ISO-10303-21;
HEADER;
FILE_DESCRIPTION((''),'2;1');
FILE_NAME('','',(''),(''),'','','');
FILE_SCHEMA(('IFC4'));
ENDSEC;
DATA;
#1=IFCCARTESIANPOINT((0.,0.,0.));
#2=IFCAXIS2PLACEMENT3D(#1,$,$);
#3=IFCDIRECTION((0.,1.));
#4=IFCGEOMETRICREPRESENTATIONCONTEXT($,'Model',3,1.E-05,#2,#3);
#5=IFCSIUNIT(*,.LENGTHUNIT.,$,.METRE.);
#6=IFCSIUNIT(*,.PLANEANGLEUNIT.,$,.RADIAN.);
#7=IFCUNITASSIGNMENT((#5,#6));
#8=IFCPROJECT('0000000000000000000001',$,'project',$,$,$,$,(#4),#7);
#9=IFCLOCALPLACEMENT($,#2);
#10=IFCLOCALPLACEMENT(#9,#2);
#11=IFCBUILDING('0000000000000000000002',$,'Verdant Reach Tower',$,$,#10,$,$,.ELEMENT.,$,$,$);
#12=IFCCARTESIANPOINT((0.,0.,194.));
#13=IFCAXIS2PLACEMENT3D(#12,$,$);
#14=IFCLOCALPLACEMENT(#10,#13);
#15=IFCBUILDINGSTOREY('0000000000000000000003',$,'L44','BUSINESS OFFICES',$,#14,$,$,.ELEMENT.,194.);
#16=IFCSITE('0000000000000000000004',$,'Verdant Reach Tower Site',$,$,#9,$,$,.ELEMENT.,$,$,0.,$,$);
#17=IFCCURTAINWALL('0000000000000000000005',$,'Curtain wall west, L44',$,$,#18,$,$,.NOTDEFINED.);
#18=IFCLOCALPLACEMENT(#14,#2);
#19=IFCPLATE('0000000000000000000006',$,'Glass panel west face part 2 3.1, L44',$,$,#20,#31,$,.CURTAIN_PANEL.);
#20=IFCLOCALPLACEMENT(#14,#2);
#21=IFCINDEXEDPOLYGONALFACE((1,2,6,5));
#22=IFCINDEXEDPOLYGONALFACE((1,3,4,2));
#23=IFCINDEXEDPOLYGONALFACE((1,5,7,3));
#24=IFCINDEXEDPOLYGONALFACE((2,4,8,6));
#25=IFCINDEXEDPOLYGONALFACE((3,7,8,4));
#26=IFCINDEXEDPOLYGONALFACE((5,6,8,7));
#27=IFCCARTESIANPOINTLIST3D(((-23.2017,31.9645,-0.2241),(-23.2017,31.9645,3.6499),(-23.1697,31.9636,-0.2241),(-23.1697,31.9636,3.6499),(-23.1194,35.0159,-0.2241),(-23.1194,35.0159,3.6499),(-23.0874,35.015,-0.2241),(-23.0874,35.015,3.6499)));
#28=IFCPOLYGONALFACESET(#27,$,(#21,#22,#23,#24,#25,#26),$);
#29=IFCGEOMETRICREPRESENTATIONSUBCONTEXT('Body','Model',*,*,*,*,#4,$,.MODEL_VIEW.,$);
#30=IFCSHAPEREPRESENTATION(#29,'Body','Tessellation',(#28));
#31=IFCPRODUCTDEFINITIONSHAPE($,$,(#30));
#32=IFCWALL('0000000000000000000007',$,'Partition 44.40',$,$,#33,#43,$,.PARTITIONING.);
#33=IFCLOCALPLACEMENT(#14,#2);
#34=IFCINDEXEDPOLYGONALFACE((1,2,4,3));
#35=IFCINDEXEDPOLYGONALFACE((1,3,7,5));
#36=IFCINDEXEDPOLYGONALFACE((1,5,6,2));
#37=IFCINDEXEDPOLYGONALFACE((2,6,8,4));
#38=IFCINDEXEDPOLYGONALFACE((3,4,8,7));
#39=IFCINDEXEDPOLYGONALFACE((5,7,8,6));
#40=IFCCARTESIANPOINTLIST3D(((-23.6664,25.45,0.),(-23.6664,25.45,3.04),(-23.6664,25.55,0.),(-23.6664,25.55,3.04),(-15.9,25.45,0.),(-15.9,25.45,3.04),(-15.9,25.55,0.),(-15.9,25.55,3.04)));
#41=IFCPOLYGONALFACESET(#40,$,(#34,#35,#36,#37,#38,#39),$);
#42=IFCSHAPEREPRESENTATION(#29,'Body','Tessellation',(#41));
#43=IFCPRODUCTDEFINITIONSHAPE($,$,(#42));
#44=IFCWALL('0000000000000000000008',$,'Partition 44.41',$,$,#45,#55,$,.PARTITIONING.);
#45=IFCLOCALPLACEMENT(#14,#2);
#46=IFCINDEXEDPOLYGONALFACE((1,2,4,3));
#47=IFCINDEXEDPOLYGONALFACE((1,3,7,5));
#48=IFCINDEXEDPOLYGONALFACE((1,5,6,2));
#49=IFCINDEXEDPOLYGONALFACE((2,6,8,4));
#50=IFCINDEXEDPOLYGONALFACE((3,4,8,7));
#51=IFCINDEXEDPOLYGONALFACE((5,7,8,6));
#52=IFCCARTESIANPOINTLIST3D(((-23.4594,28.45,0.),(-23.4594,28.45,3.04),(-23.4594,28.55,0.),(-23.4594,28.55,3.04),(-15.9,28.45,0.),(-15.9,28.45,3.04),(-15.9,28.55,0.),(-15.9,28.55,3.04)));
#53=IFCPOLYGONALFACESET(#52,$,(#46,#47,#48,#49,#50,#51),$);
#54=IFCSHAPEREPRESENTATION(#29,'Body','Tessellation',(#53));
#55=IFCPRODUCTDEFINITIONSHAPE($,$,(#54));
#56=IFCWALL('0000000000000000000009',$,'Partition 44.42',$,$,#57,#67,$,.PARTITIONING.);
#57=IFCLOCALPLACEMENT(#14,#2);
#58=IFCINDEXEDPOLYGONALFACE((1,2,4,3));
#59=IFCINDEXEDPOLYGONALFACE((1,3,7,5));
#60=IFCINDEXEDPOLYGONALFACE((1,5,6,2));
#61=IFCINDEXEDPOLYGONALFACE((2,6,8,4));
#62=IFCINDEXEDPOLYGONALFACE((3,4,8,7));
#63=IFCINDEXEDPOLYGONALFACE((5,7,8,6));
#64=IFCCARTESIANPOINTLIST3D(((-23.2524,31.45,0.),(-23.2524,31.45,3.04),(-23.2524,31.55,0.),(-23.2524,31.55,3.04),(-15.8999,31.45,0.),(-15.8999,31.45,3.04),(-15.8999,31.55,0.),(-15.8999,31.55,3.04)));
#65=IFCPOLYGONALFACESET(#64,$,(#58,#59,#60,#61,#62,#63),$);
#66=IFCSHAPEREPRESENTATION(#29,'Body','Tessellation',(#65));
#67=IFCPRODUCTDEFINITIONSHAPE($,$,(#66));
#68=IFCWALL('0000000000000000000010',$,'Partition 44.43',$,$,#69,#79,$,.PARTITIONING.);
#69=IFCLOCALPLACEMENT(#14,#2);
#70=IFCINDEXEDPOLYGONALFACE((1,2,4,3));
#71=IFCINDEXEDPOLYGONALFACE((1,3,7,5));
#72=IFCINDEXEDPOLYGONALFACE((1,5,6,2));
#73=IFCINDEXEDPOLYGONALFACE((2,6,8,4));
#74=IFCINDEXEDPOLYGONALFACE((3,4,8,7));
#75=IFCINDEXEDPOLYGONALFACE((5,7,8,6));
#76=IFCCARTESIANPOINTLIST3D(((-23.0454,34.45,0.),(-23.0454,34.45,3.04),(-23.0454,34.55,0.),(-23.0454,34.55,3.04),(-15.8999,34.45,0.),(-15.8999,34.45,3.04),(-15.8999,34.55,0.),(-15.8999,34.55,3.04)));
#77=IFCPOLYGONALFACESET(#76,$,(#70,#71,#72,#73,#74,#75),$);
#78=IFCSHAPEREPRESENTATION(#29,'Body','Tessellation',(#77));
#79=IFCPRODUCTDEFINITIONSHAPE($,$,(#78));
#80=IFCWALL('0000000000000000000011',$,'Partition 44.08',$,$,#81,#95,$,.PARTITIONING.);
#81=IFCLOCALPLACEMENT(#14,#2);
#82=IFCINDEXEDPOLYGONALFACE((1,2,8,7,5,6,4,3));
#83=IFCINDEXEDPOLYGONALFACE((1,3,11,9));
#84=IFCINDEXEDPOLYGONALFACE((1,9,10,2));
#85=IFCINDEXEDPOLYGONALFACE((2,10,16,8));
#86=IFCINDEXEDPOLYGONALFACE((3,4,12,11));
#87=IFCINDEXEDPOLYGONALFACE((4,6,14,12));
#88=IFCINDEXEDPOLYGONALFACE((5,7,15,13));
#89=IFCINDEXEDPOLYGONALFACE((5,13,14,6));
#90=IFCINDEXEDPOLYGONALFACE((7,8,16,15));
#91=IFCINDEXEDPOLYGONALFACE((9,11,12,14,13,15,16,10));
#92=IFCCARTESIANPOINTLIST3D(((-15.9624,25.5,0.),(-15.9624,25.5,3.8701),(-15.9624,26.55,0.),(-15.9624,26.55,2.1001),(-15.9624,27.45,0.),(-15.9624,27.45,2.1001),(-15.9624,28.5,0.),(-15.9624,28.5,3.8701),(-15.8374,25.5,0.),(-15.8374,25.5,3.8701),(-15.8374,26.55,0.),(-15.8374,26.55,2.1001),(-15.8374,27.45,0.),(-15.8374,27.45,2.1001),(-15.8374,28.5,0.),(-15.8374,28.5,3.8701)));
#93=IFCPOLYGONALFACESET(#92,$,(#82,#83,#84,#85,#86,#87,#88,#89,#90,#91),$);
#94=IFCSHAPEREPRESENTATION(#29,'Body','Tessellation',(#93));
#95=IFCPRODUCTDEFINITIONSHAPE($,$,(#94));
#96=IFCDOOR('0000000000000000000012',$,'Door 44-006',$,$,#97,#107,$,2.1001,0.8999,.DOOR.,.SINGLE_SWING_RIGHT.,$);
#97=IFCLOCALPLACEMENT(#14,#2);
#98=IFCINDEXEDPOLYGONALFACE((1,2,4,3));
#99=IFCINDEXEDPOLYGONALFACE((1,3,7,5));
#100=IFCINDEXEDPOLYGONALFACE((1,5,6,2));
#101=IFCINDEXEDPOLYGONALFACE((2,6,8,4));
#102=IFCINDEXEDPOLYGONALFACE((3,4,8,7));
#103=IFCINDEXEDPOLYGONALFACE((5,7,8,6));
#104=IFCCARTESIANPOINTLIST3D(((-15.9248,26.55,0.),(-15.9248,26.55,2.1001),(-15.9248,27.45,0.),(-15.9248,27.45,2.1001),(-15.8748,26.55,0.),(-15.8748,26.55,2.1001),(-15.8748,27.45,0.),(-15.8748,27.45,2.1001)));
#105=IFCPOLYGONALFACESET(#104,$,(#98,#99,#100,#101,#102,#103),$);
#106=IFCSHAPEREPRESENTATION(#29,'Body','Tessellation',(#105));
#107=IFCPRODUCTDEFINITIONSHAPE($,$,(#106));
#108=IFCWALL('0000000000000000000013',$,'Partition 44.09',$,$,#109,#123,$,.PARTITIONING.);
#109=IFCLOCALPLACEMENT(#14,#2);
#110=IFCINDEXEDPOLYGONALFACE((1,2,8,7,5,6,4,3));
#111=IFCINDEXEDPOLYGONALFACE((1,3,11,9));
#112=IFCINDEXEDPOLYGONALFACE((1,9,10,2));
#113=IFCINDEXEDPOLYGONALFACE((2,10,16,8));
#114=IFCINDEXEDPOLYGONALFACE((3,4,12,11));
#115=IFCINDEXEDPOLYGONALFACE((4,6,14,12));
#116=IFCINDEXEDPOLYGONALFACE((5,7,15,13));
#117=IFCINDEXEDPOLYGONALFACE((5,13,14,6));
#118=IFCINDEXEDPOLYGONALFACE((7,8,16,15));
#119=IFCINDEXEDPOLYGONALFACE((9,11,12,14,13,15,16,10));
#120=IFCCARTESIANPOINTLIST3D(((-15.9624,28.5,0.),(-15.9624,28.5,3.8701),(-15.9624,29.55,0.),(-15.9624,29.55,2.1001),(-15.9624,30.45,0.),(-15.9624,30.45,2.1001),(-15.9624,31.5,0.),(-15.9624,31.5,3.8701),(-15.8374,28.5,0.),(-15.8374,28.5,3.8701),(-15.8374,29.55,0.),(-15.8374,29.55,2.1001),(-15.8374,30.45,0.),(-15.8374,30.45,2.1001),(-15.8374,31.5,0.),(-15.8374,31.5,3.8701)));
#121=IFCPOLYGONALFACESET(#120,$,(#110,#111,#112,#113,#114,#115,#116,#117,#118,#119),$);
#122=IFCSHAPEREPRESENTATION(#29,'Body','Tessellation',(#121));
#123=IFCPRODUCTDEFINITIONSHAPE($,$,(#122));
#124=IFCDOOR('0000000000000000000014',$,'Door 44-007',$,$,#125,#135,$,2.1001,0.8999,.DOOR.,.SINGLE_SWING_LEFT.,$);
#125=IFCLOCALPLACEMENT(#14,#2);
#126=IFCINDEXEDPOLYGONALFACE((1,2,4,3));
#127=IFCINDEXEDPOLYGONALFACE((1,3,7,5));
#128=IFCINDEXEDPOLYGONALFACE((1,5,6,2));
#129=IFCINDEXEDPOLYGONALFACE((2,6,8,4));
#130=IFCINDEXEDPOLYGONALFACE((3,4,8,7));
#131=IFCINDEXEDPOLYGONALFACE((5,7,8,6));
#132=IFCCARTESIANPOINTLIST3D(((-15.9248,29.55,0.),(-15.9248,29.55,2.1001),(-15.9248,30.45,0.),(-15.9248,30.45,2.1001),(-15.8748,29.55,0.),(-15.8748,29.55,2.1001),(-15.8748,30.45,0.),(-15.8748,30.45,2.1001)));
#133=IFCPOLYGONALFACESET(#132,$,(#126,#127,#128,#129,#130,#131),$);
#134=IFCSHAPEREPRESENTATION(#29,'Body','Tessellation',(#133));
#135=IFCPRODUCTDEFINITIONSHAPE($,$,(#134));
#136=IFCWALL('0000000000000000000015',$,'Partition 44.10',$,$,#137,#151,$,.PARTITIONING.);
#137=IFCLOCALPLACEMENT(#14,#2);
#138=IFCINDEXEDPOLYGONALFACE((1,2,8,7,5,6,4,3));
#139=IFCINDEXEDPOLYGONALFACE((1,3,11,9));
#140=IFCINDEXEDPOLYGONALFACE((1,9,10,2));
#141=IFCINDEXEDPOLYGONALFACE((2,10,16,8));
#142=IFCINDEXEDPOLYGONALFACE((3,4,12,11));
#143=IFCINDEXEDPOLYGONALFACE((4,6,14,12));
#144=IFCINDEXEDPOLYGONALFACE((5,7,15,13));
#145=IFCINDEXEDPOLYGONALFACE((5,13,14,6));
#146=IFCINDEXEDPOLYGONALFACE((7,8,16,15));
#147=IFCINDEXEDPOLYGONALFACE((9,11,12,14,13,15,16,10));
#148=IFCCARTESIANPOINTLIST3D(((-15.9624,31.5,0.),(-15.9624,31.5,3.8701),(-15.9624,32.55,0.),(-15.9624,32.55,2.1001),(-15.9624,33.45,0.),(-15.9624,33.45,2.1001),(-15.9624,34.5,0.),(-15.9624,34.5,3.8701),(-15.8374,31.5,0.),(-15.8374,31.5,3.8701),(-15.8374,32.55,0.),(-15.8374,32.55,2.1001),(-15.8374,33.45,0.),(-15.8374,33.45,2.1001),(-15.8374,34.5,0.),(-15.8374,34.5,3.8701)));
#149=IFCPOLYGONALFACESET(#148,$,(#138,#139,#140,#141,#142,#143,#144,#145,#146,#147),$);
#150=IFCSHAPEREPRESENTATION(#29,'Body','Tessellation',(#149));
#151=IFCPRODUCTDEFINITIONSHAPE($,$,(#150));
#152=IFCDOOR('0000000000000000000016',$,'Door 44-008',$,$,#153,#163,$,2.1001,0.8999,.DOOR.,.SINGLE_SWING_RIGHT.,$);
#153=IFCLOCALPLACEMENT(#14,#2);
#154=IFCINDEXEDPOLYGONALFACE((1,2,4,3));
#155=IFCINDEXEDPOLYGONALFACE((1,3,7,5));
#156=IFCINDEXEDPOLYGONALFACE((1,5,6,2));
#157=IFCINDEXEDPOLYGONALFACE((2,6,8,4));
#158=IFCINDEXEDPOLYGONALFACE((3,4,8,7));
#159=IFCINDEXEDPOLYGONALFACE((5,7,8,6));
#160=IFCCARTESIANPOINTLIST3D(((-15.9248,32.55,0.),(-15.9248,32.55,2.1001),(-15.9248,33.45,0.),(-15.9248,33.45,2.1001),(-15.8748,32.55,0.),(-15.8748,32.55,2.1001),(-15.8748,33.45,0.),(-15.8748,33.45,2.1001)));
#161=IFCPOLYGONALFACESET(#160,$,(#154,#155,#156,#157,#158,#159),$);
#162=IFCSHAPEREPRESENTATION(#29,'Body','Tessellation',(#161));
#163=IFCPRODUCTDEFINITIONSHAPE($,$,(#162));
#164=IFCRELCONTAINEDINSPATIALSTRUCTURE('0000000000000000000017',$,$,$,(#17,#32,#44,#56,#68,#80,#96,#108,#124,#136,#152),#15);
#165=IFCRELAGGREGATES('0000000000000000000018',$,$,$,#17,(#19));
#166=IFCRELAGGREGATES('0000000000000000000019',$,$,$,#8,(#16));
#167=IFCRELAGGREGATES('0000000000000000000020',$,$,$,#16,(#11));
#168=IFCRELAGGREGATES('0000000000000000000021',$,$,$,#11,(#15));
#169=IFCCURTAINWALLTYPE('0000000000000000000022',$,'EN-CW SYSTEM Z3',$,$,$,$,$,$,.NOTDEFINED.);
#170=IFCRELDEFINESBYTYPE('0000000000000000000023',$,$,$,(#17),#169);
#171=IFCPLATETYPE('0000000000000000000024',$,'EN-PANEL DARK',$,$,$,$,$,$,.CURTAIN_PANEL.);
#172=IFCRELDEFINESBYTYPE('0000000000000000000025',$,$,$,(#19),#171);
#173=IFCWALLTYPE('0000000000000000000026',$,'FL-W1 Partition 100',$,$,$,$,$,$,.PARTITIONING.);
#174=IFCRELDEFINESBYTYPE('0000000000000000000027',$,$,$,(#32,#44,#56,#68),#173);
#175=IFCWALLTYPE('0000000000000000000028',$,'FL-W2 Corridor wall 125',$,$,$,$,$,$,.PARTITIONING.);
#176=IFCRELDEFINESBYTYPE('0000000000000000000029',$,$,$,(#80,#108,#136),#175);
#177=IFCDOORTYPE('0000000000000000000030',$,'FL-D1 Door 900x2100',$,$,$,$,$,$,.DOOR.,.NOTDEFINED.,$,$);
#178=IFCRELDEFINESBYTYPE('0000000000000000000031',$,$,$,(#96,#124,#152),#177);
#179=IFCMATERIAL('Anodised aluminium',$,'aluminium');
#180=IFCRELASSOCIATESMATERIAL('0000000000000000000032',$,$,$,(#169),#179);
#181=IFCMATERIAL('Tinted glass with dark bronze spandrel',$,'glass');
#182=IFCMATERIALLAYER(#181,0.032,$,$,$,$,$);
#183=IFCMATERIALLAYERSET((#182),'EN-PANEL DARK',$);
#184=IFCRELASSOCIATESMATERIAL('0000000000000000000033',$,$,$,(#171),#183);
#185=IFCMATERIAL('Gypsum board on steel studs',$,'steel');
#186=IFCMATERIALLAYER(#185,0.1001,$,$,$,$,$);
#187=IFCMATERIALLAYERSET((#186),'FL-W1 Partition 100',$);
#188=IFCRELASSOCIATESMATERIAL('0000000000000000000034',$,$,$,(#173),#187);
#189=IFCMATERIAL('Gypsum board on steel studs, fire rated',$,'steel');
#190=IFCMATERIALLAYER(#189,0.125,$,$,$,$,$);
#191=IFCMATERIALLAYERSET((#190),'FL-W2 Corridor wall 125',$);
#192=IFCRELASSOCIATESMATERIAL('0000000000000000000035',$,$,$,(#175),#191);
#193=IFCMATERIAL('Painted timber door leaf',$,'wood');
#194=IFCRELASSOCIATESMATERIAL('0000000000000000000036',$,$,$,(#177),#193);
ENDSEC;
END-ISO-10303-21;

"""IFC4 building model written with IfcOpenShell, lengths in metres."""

from ifc_helpers import new_model, si_unit, direction, frame, frame_2d, origin, origin_2d, place, context, subcontext, project, spatial, rectangle, extrude, material, layer, layer_set, type_object, element, fill, aggregate, save


model = new_model("IFC4")

# Units and contexts
model_context = context("Model", 3, precision=1e-05, world=origin(), true_north=direction((0.0, 1.0)))
body_context = subcontext(model_context, "Body", "Model", "MODEL_VIEW")
ifc_project = project(units=[si_unit("LENGTHUNIT", "METRE"), si_unit("PLANEANGLEUNIT", "RADIAN")], contexts=[model_context])

# Site, building, storey
site_placement = place(None, origin())
site = spatial("IfcSite", under=ifc_project, at=site_placement, Name="Verdant Reach Tower Site", CompositionType="ELEMENT", RefElevation=0.0)
building_placement = place(site_placement, origin())
building = spatial("IfcBuilding", under=site, at=building_placement, Name="Verdant Reach Tower", CompositionType="ELEMENT")
storey_placement = place(building_placement, frame((0.0, 0.0, 194.0)))
storey = spatial("IfcBuildingStorey", under=building, at=storey_placement, Name="L44", Description="BUSINESS OFFICES", CompositionType="ELEMENT", Elevation=194.0)

# Curtain wall
ifc_material_1 = material(Name="Anodised aluminium", Category="aluminium")
curtain_wall_type = type_object("IfcCurtainWallType", Name="EN-CW SYSTEM Z3", PredefinedType="NOTDEFINED", material=ifc_material_1)
curtain_wall_placement = place(storey_placement, origin())
curtain_wall = element("IfcCurtainWall", 1, at=curtain_wall_placement, inside=storey, type_object=curtain_wall_type, Name="Curtain wall west, L44", PredefinedType="NOTDEFINED")

# Plate
ifc_material_2 = material(Name="Tinted glass with dark bronze spandrel", Category="glass")
ifc_layer_1 = layer(ifc_material_2, 0.032)
ifc_layer_set_1 = layer_set([ifc_layer_1], Name="EN-PANEL DARK")
plate_type_1 = type_object("IfcPlateType", Name="EN-PANEL DARK", PredefinedType="CURTAIN_PANEL", material=ifc_layer_set_1)
plate_1_placement = place(storey_placement, frame((-23.1445, 33.4897, -0.2241), z_axis=(0.0, 0.0, 1.0), x_axis=(-0.026965, -0.999636, 0.0)))
plate_1 = element("IfcPlate", 2, at=plate_1_placement, type_object=plate_type_1, Name="Glass panel west face part 2 3.1, L44", PredefinedType="CURTAIN_PANEL", context=body_context, shape_type="SweptSolid", body=[
    extrude(rectangle(XDim=3.0525, YDim=0.032, at=origin_2d()), origin(), (0.0, 0.0, 1.0), 3.874),
])
aggregate(curtain_wall, [plate_1])

# Walls
ifc_material_3 = material(Name="Gypsum board on steel studs", Category="steel")
ifc_layer_2 = layer(ifc_material_3, 0.1001)
ifc_layer_set_2 = layer_set([ifc_layer_2], Name="FL-W1 Partition 100")
wall_type_1 = type_object("IfcWallType", Name="FL-W1 Partition 100", PredefinedType="PARTITIONING", material=ifc_layer_set_2)
wall_1_placement = place(storey_placement, frame((-15.8999, 25.5, 0.0), z_axis=(0.0, 0.0, 1.0), x_axis=(-1.0, 0.0, 0.0)))
element("IfcWall", 3, at=wall_1_placement, inside=storey, type_object=wall_type_1, Name="Partition 44.40", PredefinedType="PARTITIONING", context=body_context, shape_type="SweptSolid", body=[
    extrude(rectangle(XDim=7.7664, YDim=0.1001, at=frame_2d((3.8833, 0.0))), origin(), (0.0, 0.0, 1.0), 3.04),
])
wall_2_placement = place(storey_placement, frame((-15.8999, 28.5, 0.0), z_axis=(0.0, 0.0, 1.0), x_axis=(-1.0, 0.0, 0.0)))
element("IfcWall", 4, at=wall_2_placement, inside=storey, type_object=wall_type_1, Name="Partition 44.41", PredefinedType="PARTITIONING", context=body_context, shape_type="SweptSolid", body=[
    extrude(rectangle(XDim=7.5593, YDim=0.1001, at=frame_2d((3.7798, 0.0))), origin(), (0.0, 0.0, 1.0), 3.04),
])
wall_3_placement = place(storey_placement, frame((-15.8999, 31.5, 0.0), z_axis=(0.0, 0.0, 1.0), x_axis=(-1.0, 0.0, 0.0)))
element("IfcWall", 5, at=wall_3_placement, inside=storey, type_object=wall_type_1, Name="Partition 44.42", PredefinedType="PARTITIONING", context=body_context, shape_type="SweptSolid", body=[
    extrude(rectangle(XDim=7.3525, YDim=0.1001, at=frame_2d((3.6763, 0.0))), origin(), (0.0, 0.0, 1.0), 3.04),
])
wall_4_placement = place(storey_placement, frame((-15.8999, 34.5, 0.0), z_axis=(0.0, 0.0, 1.0), x_axis=(-1.0, 0.0, 0.0)))
element("IfcWall", 6, at=wall_4_placement, inside=storey, type_object=wall_type_1, Name="Partition 44.43", PredefinedType="PARTITIONING", context=body_context, shape_type="SweptSolid", body=[
    extrude(rectangle(XDim=7.1455, YDim=0.1001, at=frame_2d((3.5728, 0.0))), origin(), (0.0, 0.0, 1.0), 3.04),
])

# Walls, openings, doors
ifc_material_4 = material(Name="Gypsum board on steel studs, fire rated", Category="steel")
ifc_layer_3 = layer(ifc_material_4, 0.125)
ifc_layer_set_3 = layer_set([ifc_layer_3], Name="FL-W2 Corridor wall 125")
wall_type_2 = type_object("IfcWallType", Name="FL-W2 Corridor wall 125", PredefinedType="PARTITIONING", material=ifc_layer_set_3)
wall_5_placement = place(storey_placement, frame((-15.8999, 25.5, 0.0), z_axis=(0.0, 0.0, 1.0), x_axis=(0.0, 1.0, 0.0)))
wall_5 = element("IfcWall", 7, at=wall_5_placement, inside=storey, type_object=wall_type_2, Name="Partition 44.08", PredefinedType="PARTITIONING", context=body_context, shape_type="SweptSolid", body=[
    extrude(rectangle(XDim=3.0, YDim=0.125, at=frame_2d((1.5, 0.0))), origin(), (0.0, 0.0, 1.0), 3.8701),
])
opening_1_placement = place(wall_5_placement, frame((1.05, 0.0, 0.0)))
opening_1 = element("IfcOpeningElement", 8, at=opening_1_placement, cuts=wall_5, PredefinedType="OPENING", context=body_context, shape_type="SweptSolid", body=[
    extrude(rectangle(XDim=0.8999, YDim=2.1001, at=frame_2d((0.45, 1.05))), frame((0.0, 0.0725, 0.0), z_axis=(0.0, -1.0, 0.0), x_axis=(1.0, 0.0, 0.0)), (0.0, 0.0, 1.0), 0.145),
])
ifc_material_5 = material(Name="Painted timber door leaf", Category="wood")
door_type_1 = type_object("IfcDoorType", Name="FL-D1 Door 900x2100", OperationType="NOTDEFINED", PredefinedType="DOOR", material=ifc_material_5)
door_1_placement = place(opening_1_placement, origin())
door_1 = element("IfcDoor", 9, at=door_1_placement, inside=storey, type_object=door_type_1, Name="Door 44-006", OperationType="SINGLE_SWING_RIGHT", OverallHeight=2.1001, OverallWidth=0.8999, PredefinedType="DOOR", context=body_context, shape_type="SweptSolid", body=[
    extrude(rectangle(XDim=0.8999, YDim=2.1001, at=frame_2d((0.45, 1.05))), frame((0.0, 0.0249, 0.0), z_axis=(0.0, -1.0, 0.0), x_axis=(1.0, 0.0, 0.0)), (0.0, 0.0, 1.0), 0.05),
])
fill(opening_1, door_1)
wall_6_placement = place(storey_placement, frame((-15.8999, 28.5, 0.0), z_axis=(0.0, 0.0, 1.0), x_axis=(0.0, 1.0, 0.0)))
wall_6 = element("IfcWall", 10, at=wall_6_placement, inside=storey, type_object=wall_type_2, Name="Partition 44.09", PredefinedType="PARTITIONING", context=body_context, shape_type="SweptSolid", body=[
    extrude(rectangle(XDim=3.0, YDim=0.125, at=frame_2d((1.5, 0.0))), origin(), (0.0, 0.0, 1.0), 3.8701),
])
opening_2_placement = place(wall_6_placement, frame((1.05, 0.0, 0.0)))
opening_2 = element("IfcOpeningElement", 11, at=opening_2_placement, cuts=wall_6, PredefinedType="OPENING", context=body_context, shape_type="SweptSolid", body=[
    extrude(rectangle(XDim=0.8999, YDim=2.1001, at=frame_2d((0.45, 1.05))), frame((0.0, 0.0725, 0.0), z_axis=(0.0, -1.0, 0.0), x_axis=(1.0, 0.0, 0.0)), (0.0, 0.0, 1.0), 0.145),
])
door_2_placement = place(opening_2_placement, origin())
door_2 = element("IfcDoor", 12, at=door_2_placement, inside=storey, type_object=door_type_1, Name="Door 44-007", OperationType="SINGLE_SWING_LEFT", OverallHeight=2.1001, OverallWidth=0.8999, PredefinedType="DOOR", context=body_context, shape_type="SweptSolid", body=[
    extrude(rectangle(XDim=0.8999, YDim=2.1001, at=frame_2d((0.45, 1.05))), frame((0.0, 0.0249, 0.0), z_axis=(0.0, -1.0, 0.0), x_axis=(1.0, 0.0, 0.0)), (0.0, 0.0, 1.0), 0.05),
])
fill(opening_2, door_2)
wall_7_placement = place(storey_placement, frame((-15.8999, 31.5, 0.0), z_axis=(0.0, 0.0, 1.0), x_axis=(0.0, 1.0, 0.0)))
wall_7 = element("IfcWall", 13, at=wall_7_placement, inside=storey, type_object=wall_type_2, Name="Partition 44.10", PredefinedType="PARTITIONING", context=body_context, shape_type="SweptSolid", body=[
    extrude(rectangle(XDim=3.0, YDim=0.125, at=frame_2d((1.5, 0.0))), origin(), (0.0, 0.0, 1.0), 3.8701),
])
opening_3_placement = place(wall_7_placement, frame((1.05, 0.0, 0.0)))
opening_3 = element("IfcOpeningElement", 14, at=opening_3_placement, cuts=wall_7, PredefinedType="OPENING", context=body_context, shape_type="SweptSolid", body=[
    extrude(rectangle(XDim=0.8999, YDim=2.1001, at=frame_2d((0.45, 1.05))), frame((0.0, 0.0725, 0.0), z_axis=(0.0, -1.0, 0.0), x_axis=(1.0, 0.0, 0.0)), (0.0, 0.0, 1.0), 0.145),
])
door_3_placement = place(opening_3_placement, origin())
door_3 = element("IfcDoor", 15, at=door_3_placement, inside=storey, type_object=door_type_1, Name="Door 44-008", OperationType="SINGLE_SWING_RIGHT", OverallHeight=2.1001, OverallWidth=0.8999, PredefinedType="DOOR", context=body_context, shape_type="SweptSolid", body=[
    extrude(rectangle(XDim=0.8999, YDim=2.1001, at=frame_2d((0.45, 1.05))), frame((0.0, 0.0249, 0.0), z_axis=(0.0, -1.0, 0.0), x_axis=(1.0, 0.0, 0.0)), (0.0, 0.0, 1.0), 0.05),
])
fill(opening_3, door_3)

save(model, "model.ifc")
